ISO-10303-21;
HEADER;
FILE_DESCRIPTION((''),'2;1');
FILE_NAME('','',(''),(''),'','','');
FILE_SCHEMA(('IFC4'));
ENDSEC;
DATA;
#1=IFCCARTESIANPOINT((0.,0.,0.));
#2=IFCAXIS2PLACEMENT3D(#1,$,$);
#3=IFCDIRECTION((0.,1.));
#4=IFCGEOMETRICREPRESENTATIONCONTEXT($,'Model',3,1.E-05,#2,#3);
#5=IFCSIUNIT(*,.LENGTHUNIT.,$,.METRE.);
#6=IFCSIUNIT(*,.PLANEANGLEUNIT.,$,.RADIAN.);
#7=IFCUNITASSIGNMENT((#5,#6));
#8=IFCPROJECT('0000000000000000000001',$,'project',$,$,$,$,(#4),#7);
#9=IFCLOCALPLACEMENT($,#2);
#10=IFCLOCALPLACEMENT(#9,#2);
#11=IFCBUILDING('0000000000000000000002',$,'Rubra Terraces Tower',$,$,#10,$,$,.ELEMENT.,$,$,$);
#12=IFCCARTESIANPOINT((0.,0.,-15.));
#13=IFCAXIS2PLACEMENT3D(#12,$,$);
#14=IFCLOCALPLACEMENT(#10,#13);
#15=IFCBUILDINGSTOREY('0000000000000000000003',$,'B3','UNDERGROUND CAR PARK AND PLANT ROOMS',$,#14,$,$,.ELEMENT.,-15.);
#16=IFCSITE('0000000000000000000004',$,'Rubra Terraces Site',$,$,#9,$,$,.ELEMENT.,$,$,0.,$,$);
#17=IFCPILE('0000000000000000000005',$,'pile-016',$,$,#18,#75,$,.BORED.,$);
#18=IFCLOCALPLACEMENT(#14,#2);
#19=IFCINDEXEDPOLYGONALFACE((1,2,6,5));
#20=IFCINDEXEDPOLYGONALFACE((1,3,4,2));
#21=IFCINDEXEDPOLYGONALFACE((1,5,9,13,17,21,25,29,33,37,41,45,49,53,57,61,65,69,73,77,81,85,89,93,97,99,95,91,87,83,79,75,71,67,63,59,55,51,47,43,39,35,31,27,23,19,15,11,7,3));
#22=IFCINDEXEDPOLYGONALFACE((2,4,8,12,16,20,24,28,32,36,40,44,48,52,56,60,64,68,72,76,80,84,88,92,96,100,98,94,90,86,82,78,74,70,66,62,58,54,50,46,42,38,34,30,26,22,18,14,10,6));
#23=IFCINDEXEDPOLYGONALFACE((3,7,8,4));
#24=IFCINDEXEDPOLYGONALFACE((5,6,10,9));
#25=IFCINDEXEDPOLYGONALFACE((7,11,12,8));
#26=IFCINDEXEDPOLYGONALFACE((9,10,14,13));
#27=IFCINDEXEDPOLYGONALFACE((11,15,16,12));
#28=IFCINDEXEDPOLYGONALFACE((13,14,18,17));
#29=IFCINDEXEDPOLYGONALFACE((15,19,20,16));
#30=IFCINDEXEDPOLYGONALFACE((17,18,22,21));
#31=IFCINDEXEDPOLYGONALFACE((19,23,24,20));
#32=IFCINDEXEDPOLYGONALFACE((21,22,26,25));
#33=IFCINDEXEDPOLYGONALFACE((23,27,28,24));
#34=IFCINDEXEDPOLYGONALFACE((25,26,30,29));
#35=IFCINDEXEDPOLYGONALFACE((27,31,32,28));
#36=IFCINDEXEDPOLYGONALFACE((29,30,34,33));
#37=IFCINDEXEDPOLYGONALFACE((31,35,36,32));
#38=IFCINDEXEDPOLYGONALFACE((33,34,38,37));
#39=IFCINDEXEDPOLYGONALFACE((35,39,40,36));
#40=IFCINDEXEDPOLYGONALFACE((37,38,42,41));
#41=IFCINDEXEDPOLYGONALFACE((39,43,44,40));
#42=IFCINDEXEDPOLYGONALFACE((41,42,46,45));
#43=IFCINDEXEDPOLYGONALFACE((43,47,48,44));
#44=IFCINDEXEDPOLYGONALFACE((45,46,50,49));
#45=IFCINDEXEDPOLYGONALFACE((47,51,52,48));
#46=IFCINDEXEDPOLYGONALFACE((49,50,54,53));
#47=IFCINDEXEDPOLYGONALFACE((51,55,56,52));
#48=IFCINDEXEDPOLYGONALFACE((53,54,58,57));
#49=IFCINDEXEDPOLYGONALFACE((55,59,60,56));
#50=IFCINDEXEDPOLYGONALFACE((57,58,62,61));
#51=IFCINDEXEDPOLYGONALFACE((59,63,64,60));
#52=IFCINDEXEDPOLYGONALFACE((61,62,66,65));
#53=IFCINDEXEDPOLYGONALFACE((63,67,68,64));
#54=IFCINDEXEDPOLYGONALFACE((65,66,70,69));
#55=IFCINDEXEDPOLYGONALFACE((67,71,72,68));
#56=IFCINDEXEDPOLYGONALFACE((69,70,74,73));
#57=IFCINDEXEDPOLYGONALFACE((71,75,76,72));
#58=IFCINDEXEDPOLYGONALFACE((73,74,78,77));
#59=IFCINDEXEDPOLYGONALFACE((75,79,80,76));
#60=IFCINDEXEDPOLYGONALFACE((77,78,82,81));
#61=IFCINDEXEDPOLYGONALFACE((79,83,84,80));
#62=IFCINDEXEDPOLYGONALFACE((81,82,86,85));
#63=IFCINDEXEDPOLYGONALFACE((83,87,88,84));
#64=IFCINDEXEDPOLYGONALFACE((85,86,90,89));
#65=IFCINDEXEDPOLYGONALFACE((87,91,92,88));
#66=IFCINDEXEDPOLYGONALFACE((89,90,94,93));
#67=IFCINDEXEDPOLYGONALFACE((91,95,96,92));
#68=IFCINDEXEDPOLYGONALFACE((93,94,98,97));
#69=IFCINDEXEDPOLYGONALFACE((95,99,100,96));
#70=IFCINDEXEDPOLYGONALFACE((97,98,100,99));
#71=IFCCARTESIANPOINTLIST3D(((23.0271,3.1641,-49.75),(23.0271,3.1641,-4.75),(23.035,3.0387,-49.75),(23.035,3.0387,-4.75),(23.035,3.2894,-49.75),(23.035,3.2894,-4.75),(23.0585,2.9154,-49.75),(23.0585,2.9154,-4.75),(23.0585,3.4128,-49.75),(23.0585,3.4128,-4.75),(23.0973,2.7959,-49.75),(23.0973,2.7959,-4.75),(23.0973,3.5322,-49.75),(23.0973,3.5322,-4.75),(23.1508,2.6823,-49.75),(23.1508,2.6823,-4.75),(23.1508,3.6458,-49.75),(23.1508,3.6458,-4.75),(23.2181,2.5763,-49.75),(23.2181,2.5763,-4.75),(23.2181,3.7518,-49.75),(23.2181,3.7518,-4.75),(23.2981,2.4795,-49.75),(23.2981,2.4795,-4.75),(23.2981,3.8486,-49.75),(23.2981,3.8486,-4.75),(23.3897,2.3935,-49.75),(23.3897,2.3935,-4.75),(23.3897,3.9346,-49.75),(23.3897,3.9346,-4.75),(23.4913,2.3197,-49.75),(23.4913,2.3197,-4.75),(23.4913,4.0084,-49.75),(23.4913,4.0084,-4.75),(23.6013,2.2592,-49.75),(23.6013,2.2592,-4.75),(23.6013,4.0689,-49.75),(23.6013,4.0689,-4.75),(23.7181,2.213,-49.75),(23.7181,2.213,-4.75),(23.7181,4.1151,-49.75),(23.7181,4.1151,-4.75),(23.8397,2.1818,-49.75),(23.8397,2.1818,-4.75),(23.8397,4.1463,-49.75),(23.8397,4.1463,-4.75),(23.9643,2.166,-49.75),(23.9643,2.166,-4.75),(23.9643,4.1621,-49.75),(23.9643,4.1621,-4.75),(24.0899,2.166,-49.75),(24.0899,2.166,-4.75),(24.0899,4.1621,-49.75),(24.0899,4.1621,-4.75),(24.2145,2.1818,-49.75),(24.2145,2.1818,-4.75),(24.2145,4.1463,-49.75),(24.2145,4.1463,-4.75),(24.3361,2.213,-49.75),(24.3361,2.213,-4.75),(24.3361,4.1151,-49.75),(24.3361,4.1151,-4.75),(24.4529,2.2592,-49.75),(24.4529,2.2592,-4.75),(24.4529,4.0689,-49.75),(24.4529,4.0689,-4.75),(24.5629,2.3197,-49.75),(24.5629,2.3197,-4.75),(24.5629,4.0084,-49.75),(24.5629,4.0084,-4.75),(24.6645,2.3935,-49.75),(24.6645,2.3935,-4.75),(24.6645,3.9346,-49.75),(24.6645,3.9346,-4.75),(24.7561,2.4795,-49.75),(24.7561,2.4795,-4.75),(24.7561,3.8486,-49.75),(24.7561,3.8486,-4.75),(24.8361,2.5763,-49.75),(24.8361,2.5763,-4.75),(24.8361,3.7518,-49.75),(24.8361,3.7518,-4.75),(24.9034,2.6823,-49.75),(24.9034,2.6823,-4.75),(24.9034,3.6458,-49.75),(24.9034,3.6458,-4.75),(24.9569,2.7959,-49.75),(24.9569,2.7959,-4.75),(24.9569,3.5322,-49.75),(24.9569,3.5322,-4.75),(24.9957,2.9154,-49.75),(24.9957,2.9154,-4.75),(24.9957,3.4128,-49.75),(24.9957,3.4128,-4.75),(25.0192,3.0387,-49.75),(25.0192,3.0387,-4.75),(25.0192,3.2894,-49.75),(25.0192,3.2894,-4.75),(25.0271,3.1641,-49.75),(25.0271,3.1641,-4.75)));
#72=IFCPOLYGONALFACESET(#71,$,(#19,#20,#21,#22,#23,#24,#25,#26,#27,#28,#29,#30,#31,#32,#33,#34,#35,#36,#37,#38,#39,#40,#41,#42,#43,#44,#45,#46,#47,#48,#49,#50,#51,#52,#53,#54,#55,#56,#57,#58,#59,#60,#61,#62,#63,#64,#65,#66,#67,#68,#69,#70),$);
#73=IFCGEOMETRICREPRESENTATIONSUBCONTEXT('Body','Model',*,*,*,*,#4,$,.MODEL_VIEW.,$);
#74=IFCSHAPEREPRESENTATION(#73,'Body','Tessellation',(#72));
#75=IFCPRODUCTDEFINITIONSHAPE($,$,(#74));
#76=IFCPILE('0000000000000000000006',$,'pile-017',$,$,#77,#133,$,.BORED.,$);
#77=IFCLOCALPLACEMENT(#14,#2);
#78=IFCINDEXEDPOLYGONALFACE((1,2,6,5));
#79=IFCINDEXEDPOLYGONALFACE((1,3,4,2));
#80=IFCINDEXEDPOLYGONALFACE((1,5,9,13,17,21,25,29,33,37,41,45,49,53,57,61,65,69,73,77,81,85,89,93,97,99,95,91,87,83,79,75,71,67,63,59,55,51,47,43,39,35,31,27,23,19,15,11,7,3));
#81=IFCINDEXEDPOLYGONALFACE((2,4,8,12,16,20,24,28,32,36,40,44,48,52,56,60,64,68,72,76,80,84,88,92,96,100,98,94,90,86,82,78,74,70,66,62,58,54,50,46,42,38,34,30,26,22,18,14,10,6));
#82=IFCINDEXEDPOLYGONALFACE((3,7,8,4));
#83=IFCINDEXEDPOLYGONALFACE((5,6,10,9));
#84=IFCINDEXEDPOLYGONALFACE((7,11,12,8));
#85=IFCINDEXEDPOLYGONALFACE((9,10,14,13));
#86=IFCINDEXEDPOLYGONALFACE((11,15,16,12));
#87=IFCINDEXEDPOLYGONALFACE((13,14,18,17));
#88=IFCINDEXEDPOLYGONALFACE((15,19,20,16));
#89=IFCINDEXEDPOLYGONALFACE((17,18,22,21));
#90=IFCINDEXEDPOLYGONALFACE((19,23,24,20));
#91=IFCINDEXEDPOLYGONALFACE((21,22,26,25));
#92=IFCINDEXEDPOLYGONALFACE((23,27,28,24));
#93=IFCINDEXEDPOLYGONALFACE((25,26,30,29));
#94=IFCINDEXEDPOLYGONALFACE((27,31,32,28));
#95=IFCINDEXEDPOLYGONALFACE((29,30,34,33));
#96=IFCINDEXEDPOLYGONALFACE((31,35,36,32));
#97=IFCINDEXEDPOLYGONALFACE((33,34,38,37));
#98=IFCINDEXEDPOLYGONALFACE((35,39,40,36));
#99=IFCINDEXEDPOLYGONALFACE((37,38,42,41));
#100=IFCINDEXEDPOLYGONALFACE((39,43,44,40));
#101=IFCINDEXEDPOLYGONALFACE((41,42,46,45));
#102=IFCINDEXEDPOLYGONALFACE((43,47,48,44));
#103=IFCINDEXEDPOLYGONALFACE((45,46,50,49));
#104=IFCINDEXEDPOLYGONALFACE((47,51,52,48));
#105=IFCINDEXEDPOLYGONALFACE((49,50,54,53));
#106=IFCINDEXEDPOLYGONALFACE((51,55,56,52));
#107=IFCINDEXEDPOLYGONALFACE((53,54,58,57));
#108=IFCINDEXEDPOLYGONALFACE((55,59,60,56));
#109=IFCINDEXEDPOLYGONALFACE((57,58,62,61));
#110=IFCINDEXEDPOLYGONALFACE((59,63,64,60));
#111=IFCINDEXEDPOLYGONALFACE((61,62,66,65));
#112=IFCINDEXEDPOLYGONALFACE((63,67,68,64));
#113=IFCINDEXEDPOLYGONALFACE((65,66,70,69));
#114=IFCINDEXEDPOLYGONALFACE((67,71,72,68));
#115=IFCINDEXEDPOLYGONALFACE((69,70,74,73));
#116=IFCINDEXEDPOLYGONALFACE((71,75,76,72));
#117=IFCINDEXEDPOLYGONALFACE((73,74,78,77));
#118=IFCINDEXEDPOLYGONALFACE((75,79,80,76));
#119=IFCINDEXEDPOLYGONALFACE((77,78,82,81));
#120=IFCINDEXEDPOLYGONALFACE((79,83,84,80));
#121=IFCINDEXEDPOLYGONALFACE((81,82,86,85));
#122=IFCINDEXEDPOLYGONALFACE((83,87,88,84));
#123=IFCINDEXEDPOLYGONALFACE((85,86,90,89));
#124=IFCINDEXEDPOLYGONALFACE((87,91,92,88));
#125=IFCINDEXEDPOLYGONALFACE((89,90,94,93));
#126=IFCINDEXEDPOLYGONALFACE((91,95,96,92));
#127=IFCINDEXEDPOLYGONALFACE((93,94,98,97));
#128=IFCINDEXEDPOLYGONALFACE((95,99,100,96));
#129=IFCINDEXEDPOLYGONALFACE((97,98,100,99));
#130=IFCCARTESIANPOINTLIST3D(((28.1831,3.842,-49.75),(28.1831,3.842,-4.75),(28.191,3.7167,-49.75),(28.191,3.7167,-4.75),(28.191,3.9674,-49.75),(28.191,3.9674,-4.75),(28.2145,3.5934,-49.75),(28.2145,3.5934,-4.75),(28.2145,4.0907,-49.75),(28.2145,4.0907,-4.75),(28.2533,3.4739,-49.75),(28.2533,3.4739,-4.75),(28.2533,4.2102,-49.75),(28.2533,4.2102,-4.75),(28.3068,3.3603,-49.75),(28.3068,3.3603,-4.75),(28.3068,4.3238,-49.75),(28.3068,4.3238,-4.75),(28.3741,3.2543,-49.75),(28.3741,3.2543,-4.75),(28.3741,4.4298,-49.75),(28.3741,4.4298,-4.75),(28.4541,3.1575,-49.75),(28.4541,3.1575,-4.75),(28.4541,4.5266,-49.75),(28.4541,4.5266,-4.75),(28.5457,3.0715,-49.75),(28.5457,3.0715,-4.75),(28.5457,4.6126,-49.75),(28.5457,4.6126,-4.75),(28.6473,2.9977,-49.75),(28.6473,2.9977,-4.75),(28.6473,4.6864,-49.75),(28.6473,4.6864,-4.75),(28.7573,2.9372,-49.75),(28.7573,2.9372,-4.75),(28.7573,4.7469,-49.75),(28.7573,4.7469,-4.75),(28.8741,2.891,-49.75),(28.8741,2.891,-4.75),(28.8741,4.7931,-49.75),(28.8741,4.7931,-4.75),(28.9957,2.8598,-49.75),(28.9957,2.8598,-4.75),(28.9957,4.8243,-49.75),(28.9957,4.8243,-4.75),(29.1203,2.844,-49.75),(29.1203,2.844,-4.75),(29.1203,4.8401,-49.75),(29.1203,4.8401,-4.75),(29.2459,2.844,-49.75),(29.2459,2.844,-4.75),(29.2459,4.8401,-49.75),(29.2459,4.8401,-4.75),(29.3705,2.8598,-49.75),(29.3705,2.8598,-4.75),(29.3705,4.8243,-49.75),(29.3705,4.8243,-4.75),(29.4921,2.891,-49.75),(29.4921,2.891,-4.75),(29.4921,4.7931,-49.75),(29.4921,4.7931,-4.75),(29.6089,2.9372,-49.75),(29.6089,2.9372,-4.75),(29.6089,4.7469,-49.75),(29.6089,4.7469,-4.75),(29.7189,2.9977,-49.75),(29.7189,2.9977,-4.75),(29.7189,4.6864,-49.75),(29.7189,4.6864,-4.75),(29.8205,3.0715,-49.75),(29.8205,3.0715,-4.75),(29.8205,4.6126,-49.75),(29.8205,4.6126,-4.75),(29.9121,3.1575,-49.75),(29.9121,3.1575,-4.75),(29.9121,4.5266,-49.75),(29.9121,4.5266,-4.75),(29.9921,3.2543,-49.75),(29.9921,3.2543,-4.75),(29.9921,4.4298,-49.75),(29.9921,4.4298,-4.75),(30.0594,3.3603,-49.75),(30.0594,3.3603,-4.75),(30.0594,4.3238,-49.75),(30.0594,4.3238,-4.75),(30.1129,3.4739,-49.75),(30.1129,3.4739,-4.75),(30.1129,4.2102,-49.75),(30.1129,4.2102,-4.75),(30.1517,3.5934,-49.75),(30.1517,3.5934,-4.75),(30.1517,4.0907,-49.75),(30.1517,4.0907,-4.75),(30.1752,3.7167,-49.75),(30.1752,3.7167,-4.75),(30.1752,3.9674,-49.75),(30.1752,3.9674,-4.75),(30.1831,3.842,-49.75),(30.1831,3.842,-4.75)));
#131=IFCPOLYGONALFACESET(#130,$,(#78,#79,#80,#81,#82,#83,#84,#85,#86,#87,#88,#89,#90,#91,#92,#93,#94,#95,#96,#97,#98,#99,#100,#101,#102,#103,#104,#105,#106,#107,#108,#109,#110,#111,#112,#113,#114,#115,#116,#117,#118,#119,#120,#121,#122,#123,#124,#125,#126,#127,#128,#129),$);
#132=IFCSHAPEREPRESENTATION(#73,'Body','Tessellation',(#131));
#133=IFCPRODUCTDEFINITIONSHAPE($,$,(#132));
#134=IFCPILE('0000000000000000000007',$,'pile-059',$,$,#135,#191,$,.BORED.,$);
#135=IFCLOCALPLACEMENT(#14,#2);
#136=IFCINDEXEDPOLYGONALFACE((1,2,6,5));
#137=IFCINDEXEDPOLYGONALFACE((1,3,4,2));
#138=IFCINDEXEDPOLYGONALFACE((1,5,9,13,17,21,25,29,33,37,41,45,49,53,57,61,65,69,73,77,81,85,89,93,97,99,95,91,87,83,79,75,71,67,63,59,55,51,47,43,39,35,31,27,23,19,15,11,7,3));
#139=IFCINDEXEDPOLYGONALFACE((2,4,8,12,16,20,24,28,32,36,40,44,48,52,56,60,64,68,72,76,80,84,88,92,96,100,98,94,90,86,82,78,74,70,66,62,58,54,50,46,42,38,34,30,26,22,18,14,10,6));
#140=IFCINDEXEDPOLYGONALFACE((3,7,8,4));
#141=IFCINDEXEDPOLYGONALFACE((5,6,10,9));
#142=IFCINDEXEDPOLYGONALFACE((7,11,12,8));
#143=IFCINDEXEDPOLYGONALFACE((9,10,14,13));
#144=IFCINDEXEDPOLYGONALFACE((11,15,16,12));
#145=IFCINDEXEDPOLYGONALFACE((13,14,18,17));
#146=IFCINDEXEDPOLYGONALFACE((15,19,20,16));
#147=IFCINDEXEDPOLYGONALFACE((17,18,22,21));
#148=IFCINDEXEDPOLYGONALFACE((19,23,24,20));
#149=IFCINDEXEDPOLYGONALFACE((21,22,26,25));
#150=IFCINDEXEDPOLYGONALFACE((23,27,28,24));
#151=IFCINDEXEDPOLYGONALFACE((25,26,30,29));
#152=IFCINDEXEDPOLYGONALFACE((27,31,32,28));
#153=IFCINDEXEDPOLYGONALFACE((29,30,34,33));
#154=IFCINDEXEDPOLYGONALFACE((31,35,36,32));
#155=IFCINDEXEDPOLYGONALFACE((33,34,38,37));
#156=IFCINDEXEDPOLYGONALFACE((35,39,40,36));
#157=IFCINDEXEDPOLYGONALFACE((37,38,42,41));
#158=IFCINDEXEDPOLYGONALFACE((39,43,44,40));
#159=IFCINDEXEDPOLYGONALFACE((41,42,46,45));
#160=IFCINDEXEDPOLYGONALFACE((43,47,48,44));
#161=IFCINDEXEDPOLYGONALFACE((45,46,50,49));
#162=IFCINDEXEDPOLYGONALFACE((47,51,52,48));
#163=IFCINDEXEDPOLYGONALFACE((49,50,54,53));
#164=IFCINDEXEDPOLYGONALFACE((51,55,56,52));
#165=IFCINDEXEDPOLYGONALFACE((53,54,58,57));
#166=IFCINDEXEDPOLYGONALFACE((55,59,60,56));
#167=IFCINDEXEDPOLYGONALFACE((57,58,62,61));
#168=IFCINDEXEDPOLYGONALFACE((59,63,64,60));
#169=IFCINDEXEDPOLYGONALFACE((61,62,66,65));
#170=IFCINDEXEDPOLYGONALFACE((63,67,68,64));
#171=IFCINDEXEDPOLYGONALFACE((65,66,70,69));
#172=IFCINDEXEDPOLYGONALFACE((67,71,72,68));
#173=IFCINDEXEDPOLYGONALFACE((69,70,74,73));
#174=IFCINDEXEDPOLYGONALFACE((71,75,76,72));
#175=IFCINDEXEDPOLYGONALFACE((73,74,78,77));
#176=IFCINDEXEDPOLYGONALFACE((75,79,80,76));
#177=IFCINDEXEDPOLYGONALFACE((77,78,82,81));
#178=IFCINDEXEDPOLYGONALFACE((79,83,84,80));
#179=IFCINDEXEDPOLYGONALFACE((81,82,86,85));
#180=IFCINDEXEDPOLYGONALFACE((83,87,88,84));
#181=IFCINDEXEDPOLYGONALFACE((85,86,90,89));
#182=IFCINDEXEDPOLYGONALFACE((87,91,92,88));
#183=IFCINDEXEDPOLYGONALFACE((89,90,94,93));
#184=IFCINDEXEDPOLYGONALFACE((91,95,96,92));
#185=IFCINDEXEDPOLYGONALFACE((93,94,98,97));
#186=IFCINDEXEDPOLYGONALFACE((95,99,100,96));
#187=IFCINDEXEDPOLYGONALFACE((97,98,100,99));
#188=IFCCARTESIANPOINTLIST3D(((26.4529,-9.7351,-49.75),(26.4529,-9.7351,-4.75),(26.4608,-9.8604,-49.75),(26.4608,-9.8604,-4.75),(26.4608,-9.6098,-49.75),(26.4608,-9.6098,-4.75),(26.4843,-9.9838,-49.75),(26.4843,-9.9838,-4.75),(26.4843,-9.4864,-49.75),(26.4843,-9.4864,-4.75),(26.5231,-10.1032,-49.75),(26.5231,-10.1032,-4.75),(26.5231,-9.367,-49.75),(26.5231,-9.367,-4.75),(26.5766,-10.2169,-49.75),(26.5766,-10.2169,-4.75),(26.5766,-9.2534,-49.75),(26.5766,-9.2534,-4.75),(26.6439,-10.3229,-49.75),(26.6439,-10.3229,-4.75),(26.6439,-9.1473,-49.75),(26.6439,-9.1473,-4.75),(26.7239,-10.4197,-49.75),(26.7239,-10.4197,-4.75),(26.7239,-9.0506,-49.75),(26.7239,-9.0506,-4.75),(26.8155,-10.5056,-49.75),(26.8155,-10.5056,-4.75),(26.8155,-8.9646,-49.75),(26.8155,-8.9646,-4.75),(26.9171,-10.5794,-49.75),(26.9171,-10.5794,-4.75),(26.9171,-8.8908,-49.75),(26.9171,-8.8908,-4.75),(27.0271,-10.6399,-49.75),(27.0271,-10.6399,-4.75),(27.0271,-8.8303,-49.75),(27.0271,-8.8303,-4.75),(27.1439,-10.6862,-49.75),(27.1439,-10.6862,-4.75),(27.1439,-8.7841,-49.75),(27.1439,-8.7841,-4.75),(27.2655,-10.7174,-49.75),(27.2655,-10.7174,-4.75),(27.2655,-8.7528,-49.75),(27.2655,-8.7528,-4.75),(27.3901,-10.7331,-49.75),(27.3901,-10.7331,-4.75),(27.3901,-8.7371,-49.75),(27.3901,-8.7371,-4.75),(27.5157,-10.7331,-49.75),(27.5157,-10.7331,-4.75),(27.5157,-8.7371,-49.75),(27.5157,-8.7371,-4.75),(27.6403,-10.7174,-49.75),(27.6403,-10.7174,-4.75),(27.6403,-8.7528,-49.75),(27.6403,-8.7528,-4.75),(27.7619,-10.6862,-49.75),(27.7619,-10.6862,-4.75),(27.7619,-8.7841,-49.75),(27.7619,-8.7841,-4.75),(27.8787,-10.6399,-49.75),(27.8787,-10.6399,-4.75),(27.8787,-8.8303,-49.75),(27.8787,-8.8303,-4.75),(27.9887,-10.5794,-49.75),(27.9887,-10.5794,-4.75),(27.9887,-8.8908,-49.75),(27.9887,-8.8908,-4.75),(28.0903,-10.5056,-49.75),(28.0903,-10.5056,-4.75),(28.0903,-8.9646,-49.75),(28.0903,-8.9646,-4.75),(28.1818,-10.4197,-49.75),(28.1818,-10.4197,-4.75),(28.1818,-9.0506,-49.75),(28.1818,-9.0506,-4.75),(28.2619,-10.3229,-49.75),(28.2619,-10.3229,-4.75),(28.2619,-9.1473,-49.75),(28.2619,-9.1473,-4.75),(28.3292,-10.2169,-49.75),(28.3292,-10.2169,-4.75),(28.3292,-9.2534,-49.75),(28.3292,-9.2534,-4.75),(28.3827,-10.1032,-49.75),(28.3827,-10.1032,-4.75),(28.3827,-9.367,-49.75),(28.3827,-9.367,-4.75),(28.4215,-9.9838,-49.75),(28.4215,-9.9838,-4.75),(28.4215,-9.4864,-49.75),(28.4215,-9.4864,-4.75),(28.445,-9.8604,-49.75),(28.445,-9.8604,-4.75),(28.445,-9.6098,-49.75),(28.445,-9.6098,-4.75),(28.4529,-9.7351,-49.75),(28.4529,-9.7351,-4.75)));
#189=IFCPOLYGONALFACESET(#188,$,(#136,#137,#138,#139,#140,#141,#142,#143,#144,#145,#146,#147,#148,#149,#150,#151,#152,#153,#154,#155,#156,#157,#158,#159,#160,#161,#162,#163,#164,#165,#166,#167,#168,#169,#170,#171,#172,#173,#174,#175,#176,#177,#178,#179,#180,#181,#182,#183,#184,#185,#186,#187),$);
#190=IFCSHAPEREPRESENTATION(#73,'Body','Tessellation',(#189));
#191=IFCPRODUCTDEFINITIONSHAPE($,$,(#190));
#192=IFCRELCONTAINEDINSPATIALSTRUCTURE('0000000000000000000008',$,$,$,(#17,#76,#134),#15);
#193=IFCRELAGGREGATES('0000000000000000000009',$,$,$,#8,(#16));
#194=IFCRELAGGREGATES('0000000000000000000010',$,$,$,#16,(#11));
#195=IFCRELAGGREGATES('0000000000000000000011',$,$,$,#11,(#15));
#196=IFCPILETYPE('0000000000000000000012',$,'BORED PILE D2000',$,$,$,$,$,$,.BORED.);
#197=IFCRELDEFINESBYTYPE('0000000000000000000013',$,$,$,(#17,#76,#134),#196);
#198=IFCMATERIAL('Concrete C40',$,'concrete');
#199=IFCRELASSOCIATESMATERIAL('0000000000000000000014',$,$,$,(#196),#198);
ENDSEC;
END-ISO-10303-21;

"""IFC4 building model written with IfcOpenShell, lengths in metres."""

from ifc_helpers import new_model, si_unit, direction, frame, origin, origin_2d, place, context, subcontext, project, spatial, circle, extrude, material, material_profile, profile_set, type_object, element, save


model = new_model("IFC4")

# Units and contexts
model_context = context("Model", 3, precision=1e-05, world=origin(), true_north=direction((0.0, 1.0)))
body_context = subcontext(model_context, "Body", "Model", "MODEL_VIEW")
ifc_project = project(units=[si_unit("LENGTHUNIT", "METRE"), si_unit("PLANEANGLEUNIT", "RADIAN")], contexts=[model_context])

# Site, building, storey
site_placement = place(None, origin())
site = spatial("IfcSite", under=ifc_project, at=site_placement, Name="Rubra Terraces Site", CompositionType="ELEMENT", RefElevation=0.0)
building_placement = place(site_placement, origin())
building = spatial("IfcBuilding", under=site, at=building_placement, Name="Rubra Terraces Tower", CompositionType="ELEMENT")
storey_placement = place(building_placement, frame((0.0, 0.0, -15.0)))
storey = spatial("IfcBuildingStorey", under=building, at=storey_placement, Name="B3", Description="UNDERGROUND CAR PARK AND PLANT ROOMS", CompositionType="ELEMENT", Elevation=-15.0)

# Piles
ifc_material_1 = material(Name="Concrete C40", Category="concrete")
ifc_material_profile_1 = material_profile(ifc_material_1, circle(Radius=1.0, at=origin_2d()), Name="BORED PILE D2000")
ifc_profile_set_1 = profile_set([ifc_material_profile_1], Name="Concrete C40")
pile_type = type_object("IfcPileType", Name="BORED PILE D2000", PredefinedType="BORED", material=ifc_profile_set_1)
for number, where, z_axis, x_axis, name in (
    (1, (24.0271, 3.1641, -4.75), (0.0, 0.0, -1.0), (1.0, 0.0, 0.0), "pile-016"),
    (2, (29.1831, 3.842, -4.75), (0.0, 0.0, -1.0), (1.0, 0.0, 0.0), "pile-017"),
    (3, (27.4529, -9.7351, -4.75), (0.0, 0.0, -1.0), (1.0, 0.0, 0.0), "pile-059"),
):
    element("IfcPile", number, at=place(storey_placement, frame(where, z_axis=z_axis, x_axis=x_axis)), inside=storey, type_object=pile_type, Name=name, PredefinedType="BORED", context=body_context, shape_type="SweptSolid", body=[
        extrude(circle(Radius=1.0, at=origin_2d()), origin(), (0.0, 0.0, 1.0), 45.0),
    ])

save(model, "model.ifc")
